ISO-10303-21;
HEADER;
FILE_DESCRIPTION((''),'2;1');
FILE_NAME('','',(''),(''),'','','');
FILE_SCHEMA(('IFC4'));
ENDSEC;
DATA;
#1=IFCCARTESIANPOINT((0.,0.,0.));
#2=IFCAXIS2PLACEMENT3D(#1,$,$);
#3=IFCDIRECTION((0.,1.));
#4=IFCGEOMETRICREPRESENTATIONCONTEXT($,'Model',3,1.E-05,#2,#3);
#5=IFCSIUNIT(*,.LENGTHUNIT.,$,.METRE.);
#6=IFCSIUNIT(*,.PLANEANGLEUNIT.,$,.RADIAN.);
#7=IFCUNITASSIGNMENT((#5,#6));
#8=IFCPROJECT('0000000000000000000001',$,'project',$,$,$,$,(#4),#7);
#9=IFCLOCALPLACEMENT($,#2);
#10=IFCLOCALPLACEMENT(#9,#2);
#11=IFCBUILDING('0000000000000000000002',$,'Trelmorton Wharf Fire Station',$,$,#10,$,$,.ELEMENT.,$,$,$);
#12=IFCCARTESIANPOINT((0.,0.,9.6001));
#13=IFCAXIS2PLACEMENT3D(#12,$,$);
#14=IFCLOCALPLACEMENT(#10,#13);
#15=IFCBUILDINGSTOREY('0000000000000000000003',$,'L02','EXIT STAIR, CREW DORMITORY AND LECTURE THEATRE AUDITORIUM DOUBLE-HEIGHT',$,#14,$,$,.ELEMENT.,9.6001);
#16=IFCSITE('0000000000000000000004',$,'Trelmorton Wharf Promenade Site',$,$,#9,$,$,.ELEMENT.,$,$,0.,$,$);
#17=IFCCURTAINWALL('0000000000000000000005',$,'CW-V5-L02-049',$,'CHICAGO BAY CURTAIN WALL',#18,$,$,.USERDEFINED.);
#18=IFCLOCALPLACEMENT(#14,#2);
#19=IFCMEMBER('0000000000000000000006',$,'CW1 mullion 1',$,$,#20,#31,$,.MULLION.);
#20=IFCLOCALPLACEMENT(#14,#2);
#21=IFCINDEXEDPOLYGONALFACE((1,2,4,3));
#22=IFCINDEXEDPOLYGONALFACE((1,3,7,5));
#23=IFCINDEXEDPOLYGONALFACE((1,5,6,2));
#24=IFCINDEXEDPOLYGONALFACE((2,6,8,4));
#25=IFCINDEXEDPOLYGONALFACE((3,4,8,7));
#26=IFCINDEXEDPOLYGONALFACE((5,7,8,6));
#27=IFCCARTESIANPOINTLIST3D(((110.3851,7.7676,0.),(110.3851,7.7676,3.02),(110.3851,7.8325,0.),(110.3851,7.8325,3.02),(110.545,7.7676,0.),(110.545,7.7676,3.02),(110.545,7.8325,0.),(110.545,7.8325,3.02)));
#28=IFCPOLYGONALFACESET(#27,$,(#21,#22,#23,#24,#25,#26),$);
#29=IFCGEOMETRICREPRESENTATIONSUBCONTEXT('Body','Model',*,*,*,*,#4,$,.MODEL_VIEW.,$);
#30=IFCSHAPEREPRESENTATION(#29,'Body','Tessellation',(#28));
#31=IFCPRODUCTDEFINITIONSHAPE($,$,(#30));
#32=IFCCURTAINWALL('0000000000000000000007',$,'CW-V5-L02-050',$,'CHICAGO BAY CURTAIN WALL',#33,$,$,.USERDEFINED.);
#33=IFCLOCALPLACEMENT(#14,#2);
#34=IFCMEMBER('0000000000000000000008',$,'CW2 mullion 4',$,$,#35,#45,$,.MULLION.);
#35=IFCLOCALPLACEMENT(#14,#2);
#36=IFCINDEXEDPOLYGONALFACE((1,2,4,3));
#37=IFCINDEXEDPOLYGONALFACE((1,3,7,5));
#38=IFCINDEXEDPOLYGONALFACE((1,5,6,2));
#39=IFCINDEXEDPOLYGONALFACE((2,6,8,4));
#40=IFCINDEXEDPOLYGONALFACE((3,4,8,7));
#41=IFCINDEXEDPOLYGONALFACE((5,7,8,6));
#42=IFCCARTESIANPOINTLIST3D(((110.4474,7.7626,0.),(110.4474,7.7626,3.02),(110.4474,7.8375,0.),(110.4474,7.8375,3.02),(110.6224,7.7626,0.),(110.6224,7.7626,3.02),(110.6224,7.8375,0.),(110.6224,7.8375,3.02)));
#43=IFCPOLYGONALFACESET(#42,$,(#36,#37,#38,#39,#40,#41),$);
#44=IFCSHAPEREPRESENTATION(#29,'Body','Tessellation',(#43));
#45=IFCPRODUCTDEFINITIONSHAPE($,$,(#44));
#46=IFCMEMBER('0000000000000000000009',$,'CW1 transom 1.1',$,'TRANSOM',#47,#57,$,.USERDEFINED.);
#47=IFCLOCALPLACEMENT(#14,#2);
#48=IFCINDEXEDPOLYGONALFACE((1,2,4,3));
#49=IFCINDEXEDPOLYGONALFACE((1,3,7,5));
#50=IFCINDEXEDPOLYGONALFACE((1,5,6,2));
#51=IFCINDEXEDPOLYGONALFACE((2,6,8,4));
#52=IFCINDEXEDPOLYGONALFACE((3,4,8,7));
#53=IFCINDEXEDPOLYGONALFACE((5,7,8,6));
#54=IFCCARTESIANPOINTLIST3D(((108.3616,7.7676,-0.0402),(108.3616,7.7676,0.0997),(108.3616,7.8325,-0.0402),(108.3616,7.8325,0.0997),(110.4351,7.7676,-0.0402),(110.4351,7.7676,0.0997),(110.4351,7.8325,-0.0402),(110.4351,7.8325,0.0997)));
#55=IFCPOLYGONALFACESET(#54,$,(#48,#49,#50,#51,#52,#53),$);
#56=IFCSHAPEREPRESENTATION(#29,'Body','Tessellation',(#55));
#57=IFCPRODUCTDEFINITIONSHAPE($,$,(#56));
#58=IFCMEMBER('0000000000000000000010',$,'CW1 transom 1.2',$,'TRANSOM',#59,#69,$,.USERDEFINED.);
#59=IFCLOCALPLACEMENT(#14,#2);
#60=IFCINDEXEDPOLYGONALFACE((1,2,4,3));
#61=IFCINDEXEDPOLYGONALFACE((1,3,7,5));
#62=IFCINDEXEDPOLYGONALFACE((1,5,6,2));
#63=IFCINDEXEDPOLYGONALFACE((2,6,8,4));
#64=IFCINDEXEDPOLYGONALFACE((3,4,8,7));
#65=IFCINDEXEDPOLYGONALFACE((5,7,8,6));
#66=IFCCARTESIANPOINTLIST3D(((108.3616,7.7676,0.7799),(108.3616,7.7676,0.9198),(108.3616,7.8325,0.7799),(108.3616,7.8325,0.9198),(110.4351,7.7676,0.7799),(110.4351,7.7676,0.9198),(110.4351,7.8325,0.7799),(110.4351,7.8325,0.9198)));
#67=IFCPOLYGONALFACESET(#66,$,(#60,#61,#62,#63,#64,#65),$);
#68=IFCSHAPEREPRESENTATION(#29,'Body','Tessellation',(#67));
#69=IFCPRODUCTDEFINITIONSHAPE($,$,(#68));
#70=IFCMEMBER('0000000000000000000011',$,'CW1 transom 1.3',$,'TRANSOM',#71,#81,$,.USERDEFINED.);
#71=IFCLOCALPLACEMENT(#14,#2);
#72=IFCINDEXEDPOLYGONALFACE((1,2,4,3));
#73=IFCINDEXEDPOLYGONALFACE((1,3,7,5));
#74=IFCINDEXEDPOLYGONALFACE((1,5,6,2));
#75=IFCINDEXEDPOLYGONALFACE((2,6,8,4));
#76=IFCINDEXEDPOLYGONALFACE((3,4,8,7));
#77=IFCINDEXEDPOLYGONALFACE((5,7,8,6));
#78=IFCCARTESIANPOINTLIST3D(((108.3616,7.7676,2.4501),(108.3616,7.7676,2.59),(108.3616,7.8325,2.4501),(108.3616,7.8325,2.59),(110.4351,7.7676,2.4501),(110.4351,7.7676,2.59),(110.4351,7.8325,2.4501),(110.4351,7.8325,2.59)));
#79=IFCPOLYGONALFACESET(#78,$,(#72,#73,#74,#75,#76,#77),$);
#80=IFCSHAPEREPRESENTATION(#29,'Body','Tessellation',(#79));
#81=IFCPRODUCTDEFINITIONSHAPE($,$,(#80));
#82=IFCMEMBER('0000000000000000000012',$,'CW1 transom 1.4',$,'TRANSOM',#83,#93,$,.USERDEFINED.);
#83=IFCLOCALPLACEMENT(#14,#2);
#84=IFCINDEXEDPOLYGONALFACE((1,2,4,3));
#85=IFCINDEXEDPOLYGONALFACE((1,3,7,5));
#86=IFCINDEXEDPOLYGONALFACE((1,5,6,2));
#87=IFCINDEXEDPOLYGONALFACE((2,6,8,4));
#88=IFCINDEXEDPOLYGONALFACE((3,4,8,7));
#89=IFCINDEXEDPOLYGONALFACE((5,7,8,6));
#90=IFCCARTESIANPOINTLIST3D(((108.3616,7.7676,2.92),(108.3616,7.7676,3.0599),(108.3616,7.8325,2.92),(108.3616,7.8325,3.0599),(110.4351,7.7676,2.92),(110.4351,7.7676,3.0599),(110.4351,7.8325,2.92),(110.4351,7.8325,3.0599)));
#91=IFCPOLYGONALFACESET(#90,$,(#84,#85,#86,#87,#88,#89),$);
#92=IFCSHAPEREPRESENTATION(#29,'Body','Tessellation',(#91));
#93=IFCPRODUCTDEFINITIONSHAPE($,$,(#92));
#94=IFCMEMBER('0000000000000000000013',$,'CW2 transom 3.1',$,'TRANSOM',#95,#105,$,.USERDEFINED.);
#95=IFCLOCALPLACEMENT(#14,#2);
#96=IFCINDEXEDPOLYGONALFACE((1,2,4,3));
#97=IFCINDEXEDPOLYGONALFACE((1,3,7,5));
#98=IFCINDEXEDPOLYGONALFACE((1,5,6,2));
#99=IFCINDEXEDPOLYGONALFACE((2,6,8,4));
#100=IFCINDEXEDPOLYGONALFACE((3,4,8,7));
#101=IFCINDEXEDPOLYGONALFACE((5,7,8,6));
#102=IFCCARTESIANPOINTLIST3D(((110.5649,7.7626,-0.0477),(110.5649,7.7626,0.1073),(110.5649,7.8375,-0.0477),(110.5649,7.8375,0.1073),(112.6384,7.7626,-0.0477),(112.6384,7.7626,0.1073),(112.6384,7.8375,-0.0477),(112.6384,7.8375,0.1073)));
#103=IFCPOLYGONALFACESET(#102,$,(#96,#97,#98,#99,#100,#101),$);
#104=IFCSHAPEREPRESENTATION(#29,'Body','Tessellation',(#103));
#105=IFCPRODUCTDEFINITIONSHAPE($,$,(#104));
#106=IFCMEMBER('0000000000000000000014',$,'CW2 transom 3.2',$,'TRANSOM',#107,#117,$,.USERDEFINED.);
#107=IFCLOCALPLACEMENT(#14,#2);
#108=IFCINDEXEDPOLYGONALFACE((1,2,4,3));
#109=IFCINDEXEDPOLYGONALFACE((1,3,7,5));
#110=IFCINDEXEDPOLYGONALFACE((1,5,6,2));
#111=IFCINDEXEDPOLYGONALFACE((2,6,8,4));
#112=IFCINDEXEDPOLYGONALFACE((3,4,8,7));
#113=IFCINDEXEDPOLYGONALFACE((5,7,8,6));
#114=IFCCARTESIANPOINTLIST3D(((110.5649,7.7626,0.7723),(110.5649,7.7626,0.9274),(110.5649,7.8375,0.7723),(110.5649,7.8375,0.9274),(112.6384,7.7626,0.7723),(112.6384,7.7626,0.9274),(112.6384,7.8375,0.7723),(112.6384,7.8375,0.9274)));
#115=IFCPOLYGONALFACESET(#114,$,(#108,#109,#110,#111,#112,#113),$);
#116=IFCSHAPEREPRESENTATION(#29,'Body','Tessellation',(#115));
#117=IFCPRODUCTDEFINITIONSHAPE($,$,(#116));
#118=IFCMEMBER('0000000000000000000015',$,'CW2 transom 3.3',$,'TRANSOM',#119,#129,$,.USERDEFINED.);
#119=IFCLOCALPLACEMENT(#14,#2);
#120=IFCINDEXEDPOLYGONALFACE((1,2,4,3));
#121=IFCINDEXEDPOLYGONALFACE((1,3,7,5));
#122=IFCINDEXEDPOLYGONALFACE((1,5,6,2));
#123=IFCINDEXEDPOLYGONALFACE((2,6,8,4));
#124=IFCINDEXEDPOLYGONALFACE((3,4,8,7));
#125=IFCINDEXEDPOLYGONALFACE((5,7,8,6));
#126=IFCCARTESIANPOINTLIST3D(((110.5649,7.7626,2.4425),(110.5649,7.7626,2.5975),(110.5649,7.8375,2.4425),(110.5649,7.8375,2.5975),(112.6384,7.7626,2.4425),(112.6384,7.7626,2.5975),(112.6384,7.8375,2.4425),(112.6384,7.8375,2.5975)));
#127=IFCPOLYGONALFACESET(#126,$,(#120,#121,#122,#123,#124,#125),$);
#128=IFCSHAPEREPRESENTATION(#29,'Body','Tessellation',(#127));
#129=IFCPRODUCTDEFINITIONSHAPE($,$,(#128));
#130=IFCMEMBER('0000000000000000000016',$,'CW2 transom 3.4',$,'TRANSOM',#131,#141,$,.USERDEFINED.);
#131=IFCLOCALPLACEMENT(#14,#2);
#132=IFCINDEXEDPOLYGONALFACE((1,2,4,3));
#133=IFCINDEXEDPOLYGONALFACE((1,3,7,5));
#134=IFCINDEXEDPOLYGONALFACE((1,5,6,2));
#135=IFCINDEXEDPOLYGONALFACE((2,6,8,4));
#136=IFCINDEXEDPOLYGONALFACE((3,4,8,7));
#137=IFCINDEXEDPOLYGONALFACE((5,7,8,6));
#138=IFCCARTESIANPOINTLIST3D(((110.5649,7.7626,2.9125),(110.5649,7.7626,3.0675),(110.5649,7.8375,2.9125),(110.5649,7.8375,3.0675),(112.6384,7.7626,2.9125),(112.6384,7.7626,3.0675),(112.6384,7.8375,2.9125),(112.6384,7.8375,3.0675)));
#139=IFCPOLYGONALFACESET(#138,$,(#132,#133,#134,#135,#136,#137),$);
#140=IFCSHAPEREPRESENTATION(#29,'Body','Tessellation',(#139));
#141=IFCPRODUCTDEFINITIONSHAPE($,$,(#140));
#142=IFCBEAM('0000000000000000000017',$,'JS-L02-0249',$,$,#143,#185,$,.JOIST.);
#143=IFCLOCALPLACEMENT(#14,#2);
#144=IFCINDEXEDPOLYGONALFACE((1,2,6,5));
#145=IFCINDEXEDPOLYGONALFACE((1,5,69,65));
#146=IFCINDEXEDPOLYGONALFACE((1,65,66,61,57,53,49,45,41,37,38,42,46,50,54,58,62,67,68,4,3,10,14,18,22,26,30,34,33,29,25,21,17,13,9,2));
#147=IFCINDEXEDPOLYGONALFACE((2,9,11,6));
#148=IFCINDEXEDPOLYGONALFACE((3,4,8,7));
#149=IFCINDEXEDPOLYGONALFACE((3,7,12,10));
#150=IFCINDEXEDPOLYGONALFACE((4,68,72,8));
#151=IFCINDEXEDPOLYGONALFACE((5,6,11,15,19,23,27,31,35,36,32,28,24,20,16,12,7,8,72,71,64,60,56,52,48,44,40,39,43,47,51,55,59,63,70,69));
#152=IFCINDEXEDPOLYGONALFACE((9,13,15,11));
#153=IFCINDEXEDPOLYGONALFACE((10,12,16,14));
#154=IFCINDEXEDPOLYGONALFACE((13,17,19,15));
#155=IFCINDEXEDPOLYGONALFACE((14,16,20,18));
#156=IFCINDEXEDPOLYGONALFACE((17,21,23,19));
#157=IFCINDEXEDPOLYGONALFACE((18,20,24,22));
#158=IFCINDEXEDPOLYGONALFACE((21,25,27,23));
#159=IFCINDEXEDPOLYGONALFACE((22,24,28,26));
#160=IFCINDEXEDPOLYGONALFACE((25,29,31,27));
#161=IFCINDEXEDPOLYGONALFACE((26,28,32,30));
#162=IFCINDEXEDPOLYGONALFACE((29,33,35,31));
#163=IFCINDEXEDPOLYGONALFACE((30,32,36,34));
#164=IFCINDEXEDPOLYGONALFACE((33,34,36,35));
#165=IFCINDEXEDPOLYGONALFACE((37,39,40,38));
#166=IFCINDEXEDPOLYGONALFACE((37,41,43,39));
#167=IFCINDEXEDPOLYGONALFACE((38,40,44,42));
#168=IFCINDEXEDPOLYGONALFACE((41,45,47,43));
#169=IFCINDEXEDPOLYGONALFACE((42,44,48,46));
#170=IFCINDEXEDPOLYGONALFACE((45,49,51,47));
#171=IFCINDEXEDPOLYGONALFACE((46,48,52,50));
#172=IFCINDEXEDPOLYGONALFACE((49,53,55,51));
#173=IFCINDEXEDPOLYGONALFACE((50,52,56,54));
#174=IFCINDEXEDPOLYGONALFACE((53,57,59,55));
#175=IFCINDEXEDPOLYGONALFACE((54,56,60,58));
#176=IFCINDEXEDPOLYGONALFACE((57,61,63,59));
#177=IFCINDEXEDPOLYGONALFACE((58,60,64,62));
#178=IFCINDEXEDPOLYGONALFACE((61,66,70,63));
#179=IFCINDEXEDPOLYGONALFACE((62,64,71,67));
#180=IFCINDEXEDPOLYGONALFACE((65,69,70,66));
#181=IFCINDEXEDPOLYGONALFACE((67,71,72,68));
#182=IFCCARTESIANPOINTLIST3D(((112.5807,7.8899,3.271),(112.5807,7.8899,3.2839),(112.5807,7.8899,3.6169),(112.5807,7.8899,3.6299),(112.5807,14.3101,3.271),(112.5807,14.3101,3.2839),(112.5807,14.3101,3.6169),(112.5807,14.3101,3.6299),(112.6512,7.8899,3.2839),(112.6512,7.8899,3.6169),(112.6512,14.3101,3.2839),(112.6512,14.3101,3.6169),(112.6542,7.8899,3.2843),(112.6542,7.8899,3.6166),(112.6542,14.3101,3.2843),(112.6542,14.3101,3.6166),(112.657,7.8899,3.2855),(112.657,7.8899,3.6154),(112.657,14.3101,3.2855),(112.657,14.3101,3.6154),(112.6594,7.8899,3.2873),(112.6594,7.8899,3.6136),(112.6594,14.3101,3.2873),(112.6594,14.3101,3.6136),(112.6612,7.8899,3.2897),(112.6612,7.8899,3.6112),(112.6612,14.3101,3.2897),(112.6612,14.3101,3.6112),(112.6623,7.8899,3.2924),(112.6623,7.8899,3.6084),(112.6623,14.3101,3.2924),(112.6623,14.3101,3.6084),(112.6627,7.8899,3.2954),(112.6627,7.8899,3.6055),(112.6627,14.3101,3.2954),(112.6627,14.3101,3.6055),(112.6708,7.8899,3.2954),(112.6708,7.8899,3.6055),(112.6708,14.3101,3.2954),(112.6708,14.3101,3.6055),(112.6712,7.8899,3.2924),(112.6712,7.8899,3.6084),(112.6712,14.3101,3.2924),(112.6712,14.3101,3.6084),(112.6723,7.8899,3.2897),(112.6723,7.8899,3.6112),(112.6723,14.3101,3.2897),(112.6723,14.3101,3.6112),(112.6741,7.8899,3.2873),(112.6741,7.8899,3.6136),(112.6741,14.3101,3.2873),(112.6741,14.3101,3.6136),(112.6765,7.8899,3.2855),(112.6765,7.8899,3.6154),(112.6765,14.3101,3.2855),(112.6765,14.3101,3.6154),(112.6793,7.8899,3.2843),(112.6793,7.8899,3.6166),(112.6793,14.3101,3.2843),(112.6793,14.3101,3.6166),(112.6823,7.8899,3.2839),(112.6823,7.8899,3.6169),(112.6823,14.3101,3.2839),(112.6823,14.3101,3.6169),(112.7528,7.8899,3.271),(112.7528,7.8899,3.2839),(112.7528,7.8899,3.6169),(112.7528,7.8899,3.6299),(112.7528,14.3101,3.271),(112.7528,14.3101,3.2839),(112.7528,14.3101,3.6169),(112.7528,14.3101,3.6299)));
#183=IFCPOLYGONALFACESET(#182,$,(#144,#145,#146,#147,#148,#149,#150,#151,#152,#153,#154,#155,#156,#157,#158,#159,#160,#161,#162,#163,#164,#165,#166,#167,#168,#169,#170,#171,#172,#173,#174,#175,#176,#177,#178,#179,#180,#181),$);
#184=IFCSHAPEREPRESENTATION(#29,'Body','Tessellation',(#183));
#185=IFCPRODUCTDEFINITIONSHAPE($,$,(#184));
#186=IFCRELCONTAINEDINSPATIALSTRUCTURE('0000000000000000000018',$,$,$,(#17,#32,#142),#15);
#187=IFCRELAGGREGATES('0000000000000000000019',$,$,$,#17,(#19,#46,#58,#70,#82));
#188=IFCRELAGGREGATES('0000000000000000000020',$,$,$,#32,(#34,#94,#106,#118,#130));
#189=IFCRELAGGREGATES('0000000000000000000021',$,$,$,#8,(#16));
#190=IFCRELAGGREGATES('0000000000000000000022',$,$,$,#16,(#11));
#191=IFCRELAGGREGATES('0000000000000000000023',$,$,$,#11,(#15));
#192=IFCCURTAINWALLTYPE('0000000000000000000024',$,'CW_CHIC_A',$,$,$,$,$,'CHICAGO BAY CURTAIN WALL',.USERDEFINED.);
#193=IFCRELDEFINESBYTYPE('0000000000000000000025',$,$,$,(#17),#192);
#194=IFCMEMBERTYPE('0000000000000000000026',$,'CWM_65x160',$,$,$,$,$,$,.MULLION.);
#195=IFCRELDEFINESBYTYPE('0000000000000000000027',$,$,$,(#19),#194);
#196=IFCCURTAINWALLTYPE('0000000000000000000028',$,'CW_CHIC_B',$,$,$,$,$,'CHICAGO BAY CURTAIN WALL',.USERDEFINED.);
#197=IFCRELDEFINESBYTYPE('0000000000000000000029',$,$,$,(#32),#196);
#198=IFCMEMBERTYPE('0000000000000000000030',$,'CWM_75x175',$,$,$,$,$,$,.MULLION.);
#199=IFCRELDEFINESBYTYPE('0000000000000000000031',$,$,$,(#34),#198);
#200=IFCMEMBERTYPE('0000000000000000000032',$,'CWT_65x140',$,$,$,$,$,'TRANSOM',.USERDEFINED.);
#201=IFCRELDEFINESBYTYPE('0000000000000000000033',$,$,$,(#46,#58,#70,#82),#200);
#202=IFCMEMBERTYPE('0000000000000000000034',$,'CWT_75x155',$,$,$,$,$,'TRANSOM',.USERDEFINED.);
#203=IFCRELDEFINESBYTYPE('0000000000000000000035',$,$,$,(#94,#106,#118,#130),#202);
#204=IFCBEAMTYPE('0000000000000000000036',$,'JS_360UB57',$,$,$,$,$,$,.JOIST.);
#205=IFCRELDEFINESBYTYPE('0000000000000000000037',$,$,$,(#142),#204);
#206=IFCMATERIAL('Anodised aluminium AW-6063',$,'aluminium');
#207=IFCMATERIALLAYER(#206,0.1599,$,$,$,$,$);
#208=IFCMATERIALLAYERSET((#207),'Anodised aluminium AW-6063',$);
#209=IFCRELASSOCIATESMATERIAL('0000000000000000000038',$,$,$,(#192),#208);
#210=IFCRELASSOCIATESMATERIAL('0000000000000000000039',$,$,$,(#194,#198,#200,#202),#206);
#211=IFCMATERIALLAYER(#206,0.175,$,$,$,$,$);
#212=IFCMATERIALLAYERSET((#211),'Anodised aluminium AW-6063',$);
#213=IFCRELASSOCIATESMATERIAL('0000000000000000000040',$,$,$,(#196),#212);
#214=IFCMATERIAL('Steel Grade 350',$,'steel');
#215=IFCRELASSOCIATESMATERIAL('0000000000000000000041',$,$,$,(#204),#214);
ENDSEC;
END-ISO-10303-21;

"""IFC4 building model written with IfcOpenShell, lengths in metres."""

from ifc_helpers import new_model, si_unit, direction, frame, origin, origin_2d, place, context, subcontext, project, spatial, rectangle, i_section, extrude, material, layer, layer_set, material_profile, profile_set, type_object, element, aggregate, save


model = new_model("IFC4")

# Units and contexts
model_context = context("Model", 3, precision=1e-05, world=origin(), true_north=direction((0.0, 1.0)))
body_context = subcontext(model_context, "Body", "Model", "MODEL_VIEW")
ifc_project = project(units=[si_unit("LENGTHUNIT", "METRE"), si_unit("PLANEANGLEUNIT", "RADIAN")], contexts=[model_context])

# Site, building, storey
site_placement = place(None, origin())
site = spatial("IfcSite", under=ifc_project, at=site_placement, Name="Trelmorton Wharf Promenade Site", CompositionType="ELEMENT", RefElevation=0.0)
building_placement = place(site_placement, origin())
building = spatial("IfcBuilding", under=site, at=building_placement, Name="Trelmorton Wharf Fire Station", CompositionType="ELEMENT")
storey_placement = place(building_placement, frame((0.0, 0.0, 9.6001)))
storey = spatial("IfcBuildingStorey", under=building, at=storey_placement, Name="L02", Description="EXIT STAIR, CREW DORMITORY AND LECTURE THEATRE AUDITORIUM DOUBLE-HEIGHT", CompositionType="ELEMENT", Elevation=9.6001)

# Shared definitions
ifc_material_1 = material(Name="Steel Grade 350", Category="steel")

# Curtain walls, members
ifc_material_2 = material(Name="Anodised aluminium AW-6063", Category="aluminium")
ifc_layer_1 = layer(ifc_material_2, 0.1599)
ifc_layer_set_1 = layer_set([ifc_layer_1], Name="Anodised aluminium AW-6063")
curtain_wall_type_1 = type_object("IfcCurtainWallType", Name="CW_CHIC_A", ElementType="CHICAGO BAY CURTAIN WALL", PredefinedType="USERDEFINED", material=ifc_layer_set_1)
curtain_wall_1_placement = place(storey_placement, origin())
curtain_wall_1 = element("IfcCurtainWall", 1, at=curtain_wall_1_placement, inside=storey, type_object=curtain_wall_type_1, Name="CW-V5-L02-049", ObjectType="CHICAGO BAY CURTAIN WALL", PredefinedType="USERDEFINED")
ifc_material_profile_1 = material_profile(ifc_material_2, rectangle(XDim=0.0649, YDim=0.1599, at=origin_2d()), Name="ALU-65x160")
ifc_profile_set_1 = profile_set([ifc_material_profile_1], Name="Anodised aluminium AW-6063")
member_type_1 = type_object("IfcMemberType", Name="CWM_65x160", PredefinedType="MULLION", material=ifc_profile_set_1)
member_1_placement = place(storey_placement, frame((110.4651, 7.8, 0.0), z_axis=(0.0, 0.0, 1.0), x_axis=(0.0, -1.0, 0.0)))
member_1 = element("IfcMember", 2, at=member_1_placement, type_object=member_type_1, Name="CW1 mullion 1", PredefinedType="MULLION", context=body_context, shape_type="SweptSolid", body=[
    extrude(rectangle(XDim=0.0649, YDim=0.1599, at=origin_2d()), origin(), (0.0, 0.0, 1.0), 3.02),
])
ifc_layer_2 = layer(ifc_material_2, 0.175)
ifc_layer_set_2 = layer_set([ifc_layer_2], Name="Anodised aluminium AW-6063")
curtain_wall_type_2 = type_object("IfcCurtainWallType", Name="CW_CHIC_B", ElementType="CHICAGO BAY CURTAIN WALL", PredefinedType="USERDEFINED", material=ifc_layer_set_2)
curtain_wall_2_placement = place(storey_placement, origin())
curtain_wall_2 = element("IfcCurtainWall", 3, at=curtain_wall_2_placement, inside=storey, type_object=curtain_wall_type_2, Name="CW-V5-L02-050", ObjectType="CHICAGO BAY CURTAIN WALL", PredefinedType="USERDEFINED")
ifc_material_profile_2 = material_profile(ifc_material_2, rectangle(XDim=0.075, YDim=0.175, at=origin_2d()), Name="ALU-75x175")
ifc_profile_set_2 = profile_set([ifc_material_profile_2], Name="Anodised aluminium AW-6063")
member_type_2 = type_object("IfcMemberType", Name="CWM_75x175", PredefinedType="MULLION", material=ifc_profile_set_2)
member_2_placement = place(storey_placement, frame((110.5349, 7.8, 0.0), z_axis=(0.0, 0.0, 1.0), x_axis=(0.0, -1.0, 0.0)))
member_2 = element("IfcMember", 4, at=member_2_placement, type_object=member_type_2, Name="CW2 mullion 4", PredefinedType="MULLION", context=body_context, shape_type="SweptSolid", body=[
    extrude(rectangle(XDim=0.075, YDim=0.175, at=origin_2d()), origin(), (0.0, 0.0, 1.0), 3.02),
])

# Members
ifc_material_profile_3 = material_profile(ifc_material_2, rectangle(XDim=0.0649, YDim=0.1399, at=origin_2d()), Name="ALU-65x140")
ifc_profile_set_3 = profile_set([ifc_material_profile_3], Name="Anodised aluminium AW-6063")
member_type_3 = type_object("IfcMemberType", Name="CWT_65x140", ElementType="TRANSOM", PredefinedType="USERDEFINED", material=ifc_profile_set_3)
member_3_placement = place(storey_placement, frame((110.4351, 7.8, 0.0298), z_axis=(-1.0, 0.0, 0.0), x_axis=(0.0, -1.0, 0.0)))
member_3 = element("IfcMember", 5, at=member_3_placement, type_object=member_type_3, Name="CW1 transom 1.1", ObjectType="TRANSOM", PredefinedType="USERDEFINED", context=body_context, shape_type="SweptSolid", body=[
    extrude(rectangle(XDim=0.0649, YDim=0.1399, at=origin_2d()), origin(), (0.0, 0.0, 1.0), 2.0735),
])
member_4_placement = place(storey_placement, frame((110.4351, 7.8, 0.8499), z_axis=(-1.0, 0.0, 0.0), x_axis=(0.0, -1.0, 0.0)))
member_4 = element("IfcMember", 6, at=member_4_placement, type_object=member_type_3, Name="CW1 transom 1.2", ObjectType="TRANSOM", PredefinedType="USERDEFINED", context=body_context, shape_type="SweptSolid", body=[
    extrude(rectangle(XDim=0.0649, YDim=0.1399, at=origin_2d()), origin(), (0.0, 0.0, 1.0), 2.0735),
])
member_5_placement = place(storey_placement, frame((110.4351, 7.8, 2.52), z_axis=(-1.0, 0.0, 0.0), x_axis=(0.0, -1.0, 0.0)))
member_5 = element("IfcMember", 7, at=member_5_placement, type_object=member_type_3, Name="CW1 transom 1.3", ObjectType="TRANSOM", PredefinedType="USERDEFINED", context=body_context, shape_type="SweptSolid", body=[
    extrude(rectangle(XDim=0.0649, YDim=0.1399, at=origin_2d()), origin(), (0.0, 0.0, 1.0), 2.0735),
])
member_6_placement = place(storey_placement, frame((110.4351, 7.8, 2.99), z_axis=(-1.0, 0.0, 0.0), x_axis=(0.0, -1.0, 0.0)))
member_6 = element("IfcMember", 8, at=member_6_placement, type_object=member_type_3, Name="CW1 transom 1.4", ObjectType="TRANSOM", PredefinedType="USERDEFINED", context=body_context, shape_type="SweptSolid", body=[
    extrude(rectangle(XDim=0.0649, YDim=0.1399, at=origin_2d()), origin(), (0.0, 0.0, 1.0), 2.0735),
])
ifc_material_profile_4 = material_profile(ifc_material_2, rectangle(XDim=0.075, YDim=0.155, at=origin_2d()), Name="ALU-75x155")
ifc_profile_set_4 = profile_set([ifc_material_profile_4], Name="Anodised aluminium AW-6063")
member_type_4 = type_object("IfcMemberType", Name="CWT_75x155", ElementType="TRANSOM", PredefinedType="USERDEFINED", material=ifc_profile_set_4)
member_7_placement = place(storey_placement, frame((112.6384, 7.8, 0.0298), z_axis=(-1.0, 0.0, 0.0), x_axis=(0.0, -1.0, 0.0)))
member_7 = element("IfcMember", 9, at=member_7_placement, type_object=member_type_4, Name="CW2 transom 3.1", ObjectType="TRANSOM", PredefinedType="USERDEFINED", context=body_context, shape_type="SweptSolid", body=[
    extrude(rectangle(XDim=0.075, YDim=0.155, at=origin_2d()), origin(), (0.0, 0.0, 1.0), 2.0735),
])
member_8_placement = place(storey_placement, frame((112.6384, 7.8, 0.8499), z_axis=(-1.0, 0.0, 0.0), x_axis=(0.0, -1.0, 0.0)))
member_8 = element("IfcMember", 10, at=member_8_placement, type_object=member_type_4, Name="CW2 transom 3.2", ObjectType="TRANSOM", PredefinedType="USERDEFINED", context=body_context, shape_type="SweptSolid", body=[
    extrude(rectangle(XDim=0.075, YDim=0.155, at=origin_2d()), origin(), (0.0, 0.0, 1.0), 2.0735),
])
member_9_placement = place(storey_placement, frame((112.6384, 7.8, 2.52), z_axis=(-1.0, 0.0, 0.0), x_axis=(0.0, -1.0, 0.0)))
member_9 = element("IfcMember", 11, at=member_9_placement, type_object=member_type_4, Name="CW2 transom 3.3", ObjectType="TRANSOM", PredefinedType="USERDEFINED", context=body_context, shape_type="SweptSolid", body=[
    extrude(rectangle(XDim=0.075, YDim=0.155, at=origin_2d()), origin(), (0.0, 0.0, 1.0), 2.0735),
])
member_10_placement = place(storey_placement, frame((112.6384, 7.8, 2.99), z_axis=(-1.0, 0.0, 0.0), x_axis=(0.0, -1.0, 0.0)))
member_10 = element("IfcMember", 12, at=member_10_placement, type_object=member_type_4, Name="CW2 transom 3.4", ObjectType="TRANSOM", PredefinedType="USERDEFINED", context=body_context, shape_type="SweptSolid", body=[
    extrude(rectangle(XDim=0.075, YDim=0.155, at=origin_2d()), origin(), (0.0, 0.0, 1.0), 2.0735),
])

# Beam
ifc_material_profile_5 = material_profile(ifc_material_1, i_section(OverallWidth=0.1721, OverallDepth=0.3589, WebThickness=0.0081, FlangeThickness=0.0129, FilletRadius=0.0115, at=origin_2d()), Name="360UB56.7")
ifc_profile_set_5 = profile_set([ifc_material_profile_5], Name="Steel Grade 350")
beam_type_1 = type_object("IfcBeamType", Name="JS_360UB57", PredefinedType="JOIST", material=ifc_profile_set_5)
beam_1_placement = place(storey_placement, frame((112.6667, 7.8899, 3.4504), z_axis=(0.0, 1.0, 0.0), x_axis=(-1.0, 0.0, 0.0)))
element("IfcBeam", 13, at=beam_1_placement, inside=storey, type_object=beam_type_1, Name="JS-L02-0249", PredefinedType="JOIST", context=body_context, shape_type="SweptSolid", body=[
    extrude(i_section(OverallWidth=0.1721, OverallDepth=0.3589, WebThickness=0.0081, FlangeThickness=0.0129, FilletRadius=0.0115, at=origin_2d()), origin(), (0.0, 0.0, 1.0), 6.4202),
])

aggregate(curtain_wall_1, [member_1, member_3, member_4, member_5, member_6])
aggregate(curtain_wall_2, [member_2, member_7, member_8, member_9, member_10])

save(model, "model.ifc")
